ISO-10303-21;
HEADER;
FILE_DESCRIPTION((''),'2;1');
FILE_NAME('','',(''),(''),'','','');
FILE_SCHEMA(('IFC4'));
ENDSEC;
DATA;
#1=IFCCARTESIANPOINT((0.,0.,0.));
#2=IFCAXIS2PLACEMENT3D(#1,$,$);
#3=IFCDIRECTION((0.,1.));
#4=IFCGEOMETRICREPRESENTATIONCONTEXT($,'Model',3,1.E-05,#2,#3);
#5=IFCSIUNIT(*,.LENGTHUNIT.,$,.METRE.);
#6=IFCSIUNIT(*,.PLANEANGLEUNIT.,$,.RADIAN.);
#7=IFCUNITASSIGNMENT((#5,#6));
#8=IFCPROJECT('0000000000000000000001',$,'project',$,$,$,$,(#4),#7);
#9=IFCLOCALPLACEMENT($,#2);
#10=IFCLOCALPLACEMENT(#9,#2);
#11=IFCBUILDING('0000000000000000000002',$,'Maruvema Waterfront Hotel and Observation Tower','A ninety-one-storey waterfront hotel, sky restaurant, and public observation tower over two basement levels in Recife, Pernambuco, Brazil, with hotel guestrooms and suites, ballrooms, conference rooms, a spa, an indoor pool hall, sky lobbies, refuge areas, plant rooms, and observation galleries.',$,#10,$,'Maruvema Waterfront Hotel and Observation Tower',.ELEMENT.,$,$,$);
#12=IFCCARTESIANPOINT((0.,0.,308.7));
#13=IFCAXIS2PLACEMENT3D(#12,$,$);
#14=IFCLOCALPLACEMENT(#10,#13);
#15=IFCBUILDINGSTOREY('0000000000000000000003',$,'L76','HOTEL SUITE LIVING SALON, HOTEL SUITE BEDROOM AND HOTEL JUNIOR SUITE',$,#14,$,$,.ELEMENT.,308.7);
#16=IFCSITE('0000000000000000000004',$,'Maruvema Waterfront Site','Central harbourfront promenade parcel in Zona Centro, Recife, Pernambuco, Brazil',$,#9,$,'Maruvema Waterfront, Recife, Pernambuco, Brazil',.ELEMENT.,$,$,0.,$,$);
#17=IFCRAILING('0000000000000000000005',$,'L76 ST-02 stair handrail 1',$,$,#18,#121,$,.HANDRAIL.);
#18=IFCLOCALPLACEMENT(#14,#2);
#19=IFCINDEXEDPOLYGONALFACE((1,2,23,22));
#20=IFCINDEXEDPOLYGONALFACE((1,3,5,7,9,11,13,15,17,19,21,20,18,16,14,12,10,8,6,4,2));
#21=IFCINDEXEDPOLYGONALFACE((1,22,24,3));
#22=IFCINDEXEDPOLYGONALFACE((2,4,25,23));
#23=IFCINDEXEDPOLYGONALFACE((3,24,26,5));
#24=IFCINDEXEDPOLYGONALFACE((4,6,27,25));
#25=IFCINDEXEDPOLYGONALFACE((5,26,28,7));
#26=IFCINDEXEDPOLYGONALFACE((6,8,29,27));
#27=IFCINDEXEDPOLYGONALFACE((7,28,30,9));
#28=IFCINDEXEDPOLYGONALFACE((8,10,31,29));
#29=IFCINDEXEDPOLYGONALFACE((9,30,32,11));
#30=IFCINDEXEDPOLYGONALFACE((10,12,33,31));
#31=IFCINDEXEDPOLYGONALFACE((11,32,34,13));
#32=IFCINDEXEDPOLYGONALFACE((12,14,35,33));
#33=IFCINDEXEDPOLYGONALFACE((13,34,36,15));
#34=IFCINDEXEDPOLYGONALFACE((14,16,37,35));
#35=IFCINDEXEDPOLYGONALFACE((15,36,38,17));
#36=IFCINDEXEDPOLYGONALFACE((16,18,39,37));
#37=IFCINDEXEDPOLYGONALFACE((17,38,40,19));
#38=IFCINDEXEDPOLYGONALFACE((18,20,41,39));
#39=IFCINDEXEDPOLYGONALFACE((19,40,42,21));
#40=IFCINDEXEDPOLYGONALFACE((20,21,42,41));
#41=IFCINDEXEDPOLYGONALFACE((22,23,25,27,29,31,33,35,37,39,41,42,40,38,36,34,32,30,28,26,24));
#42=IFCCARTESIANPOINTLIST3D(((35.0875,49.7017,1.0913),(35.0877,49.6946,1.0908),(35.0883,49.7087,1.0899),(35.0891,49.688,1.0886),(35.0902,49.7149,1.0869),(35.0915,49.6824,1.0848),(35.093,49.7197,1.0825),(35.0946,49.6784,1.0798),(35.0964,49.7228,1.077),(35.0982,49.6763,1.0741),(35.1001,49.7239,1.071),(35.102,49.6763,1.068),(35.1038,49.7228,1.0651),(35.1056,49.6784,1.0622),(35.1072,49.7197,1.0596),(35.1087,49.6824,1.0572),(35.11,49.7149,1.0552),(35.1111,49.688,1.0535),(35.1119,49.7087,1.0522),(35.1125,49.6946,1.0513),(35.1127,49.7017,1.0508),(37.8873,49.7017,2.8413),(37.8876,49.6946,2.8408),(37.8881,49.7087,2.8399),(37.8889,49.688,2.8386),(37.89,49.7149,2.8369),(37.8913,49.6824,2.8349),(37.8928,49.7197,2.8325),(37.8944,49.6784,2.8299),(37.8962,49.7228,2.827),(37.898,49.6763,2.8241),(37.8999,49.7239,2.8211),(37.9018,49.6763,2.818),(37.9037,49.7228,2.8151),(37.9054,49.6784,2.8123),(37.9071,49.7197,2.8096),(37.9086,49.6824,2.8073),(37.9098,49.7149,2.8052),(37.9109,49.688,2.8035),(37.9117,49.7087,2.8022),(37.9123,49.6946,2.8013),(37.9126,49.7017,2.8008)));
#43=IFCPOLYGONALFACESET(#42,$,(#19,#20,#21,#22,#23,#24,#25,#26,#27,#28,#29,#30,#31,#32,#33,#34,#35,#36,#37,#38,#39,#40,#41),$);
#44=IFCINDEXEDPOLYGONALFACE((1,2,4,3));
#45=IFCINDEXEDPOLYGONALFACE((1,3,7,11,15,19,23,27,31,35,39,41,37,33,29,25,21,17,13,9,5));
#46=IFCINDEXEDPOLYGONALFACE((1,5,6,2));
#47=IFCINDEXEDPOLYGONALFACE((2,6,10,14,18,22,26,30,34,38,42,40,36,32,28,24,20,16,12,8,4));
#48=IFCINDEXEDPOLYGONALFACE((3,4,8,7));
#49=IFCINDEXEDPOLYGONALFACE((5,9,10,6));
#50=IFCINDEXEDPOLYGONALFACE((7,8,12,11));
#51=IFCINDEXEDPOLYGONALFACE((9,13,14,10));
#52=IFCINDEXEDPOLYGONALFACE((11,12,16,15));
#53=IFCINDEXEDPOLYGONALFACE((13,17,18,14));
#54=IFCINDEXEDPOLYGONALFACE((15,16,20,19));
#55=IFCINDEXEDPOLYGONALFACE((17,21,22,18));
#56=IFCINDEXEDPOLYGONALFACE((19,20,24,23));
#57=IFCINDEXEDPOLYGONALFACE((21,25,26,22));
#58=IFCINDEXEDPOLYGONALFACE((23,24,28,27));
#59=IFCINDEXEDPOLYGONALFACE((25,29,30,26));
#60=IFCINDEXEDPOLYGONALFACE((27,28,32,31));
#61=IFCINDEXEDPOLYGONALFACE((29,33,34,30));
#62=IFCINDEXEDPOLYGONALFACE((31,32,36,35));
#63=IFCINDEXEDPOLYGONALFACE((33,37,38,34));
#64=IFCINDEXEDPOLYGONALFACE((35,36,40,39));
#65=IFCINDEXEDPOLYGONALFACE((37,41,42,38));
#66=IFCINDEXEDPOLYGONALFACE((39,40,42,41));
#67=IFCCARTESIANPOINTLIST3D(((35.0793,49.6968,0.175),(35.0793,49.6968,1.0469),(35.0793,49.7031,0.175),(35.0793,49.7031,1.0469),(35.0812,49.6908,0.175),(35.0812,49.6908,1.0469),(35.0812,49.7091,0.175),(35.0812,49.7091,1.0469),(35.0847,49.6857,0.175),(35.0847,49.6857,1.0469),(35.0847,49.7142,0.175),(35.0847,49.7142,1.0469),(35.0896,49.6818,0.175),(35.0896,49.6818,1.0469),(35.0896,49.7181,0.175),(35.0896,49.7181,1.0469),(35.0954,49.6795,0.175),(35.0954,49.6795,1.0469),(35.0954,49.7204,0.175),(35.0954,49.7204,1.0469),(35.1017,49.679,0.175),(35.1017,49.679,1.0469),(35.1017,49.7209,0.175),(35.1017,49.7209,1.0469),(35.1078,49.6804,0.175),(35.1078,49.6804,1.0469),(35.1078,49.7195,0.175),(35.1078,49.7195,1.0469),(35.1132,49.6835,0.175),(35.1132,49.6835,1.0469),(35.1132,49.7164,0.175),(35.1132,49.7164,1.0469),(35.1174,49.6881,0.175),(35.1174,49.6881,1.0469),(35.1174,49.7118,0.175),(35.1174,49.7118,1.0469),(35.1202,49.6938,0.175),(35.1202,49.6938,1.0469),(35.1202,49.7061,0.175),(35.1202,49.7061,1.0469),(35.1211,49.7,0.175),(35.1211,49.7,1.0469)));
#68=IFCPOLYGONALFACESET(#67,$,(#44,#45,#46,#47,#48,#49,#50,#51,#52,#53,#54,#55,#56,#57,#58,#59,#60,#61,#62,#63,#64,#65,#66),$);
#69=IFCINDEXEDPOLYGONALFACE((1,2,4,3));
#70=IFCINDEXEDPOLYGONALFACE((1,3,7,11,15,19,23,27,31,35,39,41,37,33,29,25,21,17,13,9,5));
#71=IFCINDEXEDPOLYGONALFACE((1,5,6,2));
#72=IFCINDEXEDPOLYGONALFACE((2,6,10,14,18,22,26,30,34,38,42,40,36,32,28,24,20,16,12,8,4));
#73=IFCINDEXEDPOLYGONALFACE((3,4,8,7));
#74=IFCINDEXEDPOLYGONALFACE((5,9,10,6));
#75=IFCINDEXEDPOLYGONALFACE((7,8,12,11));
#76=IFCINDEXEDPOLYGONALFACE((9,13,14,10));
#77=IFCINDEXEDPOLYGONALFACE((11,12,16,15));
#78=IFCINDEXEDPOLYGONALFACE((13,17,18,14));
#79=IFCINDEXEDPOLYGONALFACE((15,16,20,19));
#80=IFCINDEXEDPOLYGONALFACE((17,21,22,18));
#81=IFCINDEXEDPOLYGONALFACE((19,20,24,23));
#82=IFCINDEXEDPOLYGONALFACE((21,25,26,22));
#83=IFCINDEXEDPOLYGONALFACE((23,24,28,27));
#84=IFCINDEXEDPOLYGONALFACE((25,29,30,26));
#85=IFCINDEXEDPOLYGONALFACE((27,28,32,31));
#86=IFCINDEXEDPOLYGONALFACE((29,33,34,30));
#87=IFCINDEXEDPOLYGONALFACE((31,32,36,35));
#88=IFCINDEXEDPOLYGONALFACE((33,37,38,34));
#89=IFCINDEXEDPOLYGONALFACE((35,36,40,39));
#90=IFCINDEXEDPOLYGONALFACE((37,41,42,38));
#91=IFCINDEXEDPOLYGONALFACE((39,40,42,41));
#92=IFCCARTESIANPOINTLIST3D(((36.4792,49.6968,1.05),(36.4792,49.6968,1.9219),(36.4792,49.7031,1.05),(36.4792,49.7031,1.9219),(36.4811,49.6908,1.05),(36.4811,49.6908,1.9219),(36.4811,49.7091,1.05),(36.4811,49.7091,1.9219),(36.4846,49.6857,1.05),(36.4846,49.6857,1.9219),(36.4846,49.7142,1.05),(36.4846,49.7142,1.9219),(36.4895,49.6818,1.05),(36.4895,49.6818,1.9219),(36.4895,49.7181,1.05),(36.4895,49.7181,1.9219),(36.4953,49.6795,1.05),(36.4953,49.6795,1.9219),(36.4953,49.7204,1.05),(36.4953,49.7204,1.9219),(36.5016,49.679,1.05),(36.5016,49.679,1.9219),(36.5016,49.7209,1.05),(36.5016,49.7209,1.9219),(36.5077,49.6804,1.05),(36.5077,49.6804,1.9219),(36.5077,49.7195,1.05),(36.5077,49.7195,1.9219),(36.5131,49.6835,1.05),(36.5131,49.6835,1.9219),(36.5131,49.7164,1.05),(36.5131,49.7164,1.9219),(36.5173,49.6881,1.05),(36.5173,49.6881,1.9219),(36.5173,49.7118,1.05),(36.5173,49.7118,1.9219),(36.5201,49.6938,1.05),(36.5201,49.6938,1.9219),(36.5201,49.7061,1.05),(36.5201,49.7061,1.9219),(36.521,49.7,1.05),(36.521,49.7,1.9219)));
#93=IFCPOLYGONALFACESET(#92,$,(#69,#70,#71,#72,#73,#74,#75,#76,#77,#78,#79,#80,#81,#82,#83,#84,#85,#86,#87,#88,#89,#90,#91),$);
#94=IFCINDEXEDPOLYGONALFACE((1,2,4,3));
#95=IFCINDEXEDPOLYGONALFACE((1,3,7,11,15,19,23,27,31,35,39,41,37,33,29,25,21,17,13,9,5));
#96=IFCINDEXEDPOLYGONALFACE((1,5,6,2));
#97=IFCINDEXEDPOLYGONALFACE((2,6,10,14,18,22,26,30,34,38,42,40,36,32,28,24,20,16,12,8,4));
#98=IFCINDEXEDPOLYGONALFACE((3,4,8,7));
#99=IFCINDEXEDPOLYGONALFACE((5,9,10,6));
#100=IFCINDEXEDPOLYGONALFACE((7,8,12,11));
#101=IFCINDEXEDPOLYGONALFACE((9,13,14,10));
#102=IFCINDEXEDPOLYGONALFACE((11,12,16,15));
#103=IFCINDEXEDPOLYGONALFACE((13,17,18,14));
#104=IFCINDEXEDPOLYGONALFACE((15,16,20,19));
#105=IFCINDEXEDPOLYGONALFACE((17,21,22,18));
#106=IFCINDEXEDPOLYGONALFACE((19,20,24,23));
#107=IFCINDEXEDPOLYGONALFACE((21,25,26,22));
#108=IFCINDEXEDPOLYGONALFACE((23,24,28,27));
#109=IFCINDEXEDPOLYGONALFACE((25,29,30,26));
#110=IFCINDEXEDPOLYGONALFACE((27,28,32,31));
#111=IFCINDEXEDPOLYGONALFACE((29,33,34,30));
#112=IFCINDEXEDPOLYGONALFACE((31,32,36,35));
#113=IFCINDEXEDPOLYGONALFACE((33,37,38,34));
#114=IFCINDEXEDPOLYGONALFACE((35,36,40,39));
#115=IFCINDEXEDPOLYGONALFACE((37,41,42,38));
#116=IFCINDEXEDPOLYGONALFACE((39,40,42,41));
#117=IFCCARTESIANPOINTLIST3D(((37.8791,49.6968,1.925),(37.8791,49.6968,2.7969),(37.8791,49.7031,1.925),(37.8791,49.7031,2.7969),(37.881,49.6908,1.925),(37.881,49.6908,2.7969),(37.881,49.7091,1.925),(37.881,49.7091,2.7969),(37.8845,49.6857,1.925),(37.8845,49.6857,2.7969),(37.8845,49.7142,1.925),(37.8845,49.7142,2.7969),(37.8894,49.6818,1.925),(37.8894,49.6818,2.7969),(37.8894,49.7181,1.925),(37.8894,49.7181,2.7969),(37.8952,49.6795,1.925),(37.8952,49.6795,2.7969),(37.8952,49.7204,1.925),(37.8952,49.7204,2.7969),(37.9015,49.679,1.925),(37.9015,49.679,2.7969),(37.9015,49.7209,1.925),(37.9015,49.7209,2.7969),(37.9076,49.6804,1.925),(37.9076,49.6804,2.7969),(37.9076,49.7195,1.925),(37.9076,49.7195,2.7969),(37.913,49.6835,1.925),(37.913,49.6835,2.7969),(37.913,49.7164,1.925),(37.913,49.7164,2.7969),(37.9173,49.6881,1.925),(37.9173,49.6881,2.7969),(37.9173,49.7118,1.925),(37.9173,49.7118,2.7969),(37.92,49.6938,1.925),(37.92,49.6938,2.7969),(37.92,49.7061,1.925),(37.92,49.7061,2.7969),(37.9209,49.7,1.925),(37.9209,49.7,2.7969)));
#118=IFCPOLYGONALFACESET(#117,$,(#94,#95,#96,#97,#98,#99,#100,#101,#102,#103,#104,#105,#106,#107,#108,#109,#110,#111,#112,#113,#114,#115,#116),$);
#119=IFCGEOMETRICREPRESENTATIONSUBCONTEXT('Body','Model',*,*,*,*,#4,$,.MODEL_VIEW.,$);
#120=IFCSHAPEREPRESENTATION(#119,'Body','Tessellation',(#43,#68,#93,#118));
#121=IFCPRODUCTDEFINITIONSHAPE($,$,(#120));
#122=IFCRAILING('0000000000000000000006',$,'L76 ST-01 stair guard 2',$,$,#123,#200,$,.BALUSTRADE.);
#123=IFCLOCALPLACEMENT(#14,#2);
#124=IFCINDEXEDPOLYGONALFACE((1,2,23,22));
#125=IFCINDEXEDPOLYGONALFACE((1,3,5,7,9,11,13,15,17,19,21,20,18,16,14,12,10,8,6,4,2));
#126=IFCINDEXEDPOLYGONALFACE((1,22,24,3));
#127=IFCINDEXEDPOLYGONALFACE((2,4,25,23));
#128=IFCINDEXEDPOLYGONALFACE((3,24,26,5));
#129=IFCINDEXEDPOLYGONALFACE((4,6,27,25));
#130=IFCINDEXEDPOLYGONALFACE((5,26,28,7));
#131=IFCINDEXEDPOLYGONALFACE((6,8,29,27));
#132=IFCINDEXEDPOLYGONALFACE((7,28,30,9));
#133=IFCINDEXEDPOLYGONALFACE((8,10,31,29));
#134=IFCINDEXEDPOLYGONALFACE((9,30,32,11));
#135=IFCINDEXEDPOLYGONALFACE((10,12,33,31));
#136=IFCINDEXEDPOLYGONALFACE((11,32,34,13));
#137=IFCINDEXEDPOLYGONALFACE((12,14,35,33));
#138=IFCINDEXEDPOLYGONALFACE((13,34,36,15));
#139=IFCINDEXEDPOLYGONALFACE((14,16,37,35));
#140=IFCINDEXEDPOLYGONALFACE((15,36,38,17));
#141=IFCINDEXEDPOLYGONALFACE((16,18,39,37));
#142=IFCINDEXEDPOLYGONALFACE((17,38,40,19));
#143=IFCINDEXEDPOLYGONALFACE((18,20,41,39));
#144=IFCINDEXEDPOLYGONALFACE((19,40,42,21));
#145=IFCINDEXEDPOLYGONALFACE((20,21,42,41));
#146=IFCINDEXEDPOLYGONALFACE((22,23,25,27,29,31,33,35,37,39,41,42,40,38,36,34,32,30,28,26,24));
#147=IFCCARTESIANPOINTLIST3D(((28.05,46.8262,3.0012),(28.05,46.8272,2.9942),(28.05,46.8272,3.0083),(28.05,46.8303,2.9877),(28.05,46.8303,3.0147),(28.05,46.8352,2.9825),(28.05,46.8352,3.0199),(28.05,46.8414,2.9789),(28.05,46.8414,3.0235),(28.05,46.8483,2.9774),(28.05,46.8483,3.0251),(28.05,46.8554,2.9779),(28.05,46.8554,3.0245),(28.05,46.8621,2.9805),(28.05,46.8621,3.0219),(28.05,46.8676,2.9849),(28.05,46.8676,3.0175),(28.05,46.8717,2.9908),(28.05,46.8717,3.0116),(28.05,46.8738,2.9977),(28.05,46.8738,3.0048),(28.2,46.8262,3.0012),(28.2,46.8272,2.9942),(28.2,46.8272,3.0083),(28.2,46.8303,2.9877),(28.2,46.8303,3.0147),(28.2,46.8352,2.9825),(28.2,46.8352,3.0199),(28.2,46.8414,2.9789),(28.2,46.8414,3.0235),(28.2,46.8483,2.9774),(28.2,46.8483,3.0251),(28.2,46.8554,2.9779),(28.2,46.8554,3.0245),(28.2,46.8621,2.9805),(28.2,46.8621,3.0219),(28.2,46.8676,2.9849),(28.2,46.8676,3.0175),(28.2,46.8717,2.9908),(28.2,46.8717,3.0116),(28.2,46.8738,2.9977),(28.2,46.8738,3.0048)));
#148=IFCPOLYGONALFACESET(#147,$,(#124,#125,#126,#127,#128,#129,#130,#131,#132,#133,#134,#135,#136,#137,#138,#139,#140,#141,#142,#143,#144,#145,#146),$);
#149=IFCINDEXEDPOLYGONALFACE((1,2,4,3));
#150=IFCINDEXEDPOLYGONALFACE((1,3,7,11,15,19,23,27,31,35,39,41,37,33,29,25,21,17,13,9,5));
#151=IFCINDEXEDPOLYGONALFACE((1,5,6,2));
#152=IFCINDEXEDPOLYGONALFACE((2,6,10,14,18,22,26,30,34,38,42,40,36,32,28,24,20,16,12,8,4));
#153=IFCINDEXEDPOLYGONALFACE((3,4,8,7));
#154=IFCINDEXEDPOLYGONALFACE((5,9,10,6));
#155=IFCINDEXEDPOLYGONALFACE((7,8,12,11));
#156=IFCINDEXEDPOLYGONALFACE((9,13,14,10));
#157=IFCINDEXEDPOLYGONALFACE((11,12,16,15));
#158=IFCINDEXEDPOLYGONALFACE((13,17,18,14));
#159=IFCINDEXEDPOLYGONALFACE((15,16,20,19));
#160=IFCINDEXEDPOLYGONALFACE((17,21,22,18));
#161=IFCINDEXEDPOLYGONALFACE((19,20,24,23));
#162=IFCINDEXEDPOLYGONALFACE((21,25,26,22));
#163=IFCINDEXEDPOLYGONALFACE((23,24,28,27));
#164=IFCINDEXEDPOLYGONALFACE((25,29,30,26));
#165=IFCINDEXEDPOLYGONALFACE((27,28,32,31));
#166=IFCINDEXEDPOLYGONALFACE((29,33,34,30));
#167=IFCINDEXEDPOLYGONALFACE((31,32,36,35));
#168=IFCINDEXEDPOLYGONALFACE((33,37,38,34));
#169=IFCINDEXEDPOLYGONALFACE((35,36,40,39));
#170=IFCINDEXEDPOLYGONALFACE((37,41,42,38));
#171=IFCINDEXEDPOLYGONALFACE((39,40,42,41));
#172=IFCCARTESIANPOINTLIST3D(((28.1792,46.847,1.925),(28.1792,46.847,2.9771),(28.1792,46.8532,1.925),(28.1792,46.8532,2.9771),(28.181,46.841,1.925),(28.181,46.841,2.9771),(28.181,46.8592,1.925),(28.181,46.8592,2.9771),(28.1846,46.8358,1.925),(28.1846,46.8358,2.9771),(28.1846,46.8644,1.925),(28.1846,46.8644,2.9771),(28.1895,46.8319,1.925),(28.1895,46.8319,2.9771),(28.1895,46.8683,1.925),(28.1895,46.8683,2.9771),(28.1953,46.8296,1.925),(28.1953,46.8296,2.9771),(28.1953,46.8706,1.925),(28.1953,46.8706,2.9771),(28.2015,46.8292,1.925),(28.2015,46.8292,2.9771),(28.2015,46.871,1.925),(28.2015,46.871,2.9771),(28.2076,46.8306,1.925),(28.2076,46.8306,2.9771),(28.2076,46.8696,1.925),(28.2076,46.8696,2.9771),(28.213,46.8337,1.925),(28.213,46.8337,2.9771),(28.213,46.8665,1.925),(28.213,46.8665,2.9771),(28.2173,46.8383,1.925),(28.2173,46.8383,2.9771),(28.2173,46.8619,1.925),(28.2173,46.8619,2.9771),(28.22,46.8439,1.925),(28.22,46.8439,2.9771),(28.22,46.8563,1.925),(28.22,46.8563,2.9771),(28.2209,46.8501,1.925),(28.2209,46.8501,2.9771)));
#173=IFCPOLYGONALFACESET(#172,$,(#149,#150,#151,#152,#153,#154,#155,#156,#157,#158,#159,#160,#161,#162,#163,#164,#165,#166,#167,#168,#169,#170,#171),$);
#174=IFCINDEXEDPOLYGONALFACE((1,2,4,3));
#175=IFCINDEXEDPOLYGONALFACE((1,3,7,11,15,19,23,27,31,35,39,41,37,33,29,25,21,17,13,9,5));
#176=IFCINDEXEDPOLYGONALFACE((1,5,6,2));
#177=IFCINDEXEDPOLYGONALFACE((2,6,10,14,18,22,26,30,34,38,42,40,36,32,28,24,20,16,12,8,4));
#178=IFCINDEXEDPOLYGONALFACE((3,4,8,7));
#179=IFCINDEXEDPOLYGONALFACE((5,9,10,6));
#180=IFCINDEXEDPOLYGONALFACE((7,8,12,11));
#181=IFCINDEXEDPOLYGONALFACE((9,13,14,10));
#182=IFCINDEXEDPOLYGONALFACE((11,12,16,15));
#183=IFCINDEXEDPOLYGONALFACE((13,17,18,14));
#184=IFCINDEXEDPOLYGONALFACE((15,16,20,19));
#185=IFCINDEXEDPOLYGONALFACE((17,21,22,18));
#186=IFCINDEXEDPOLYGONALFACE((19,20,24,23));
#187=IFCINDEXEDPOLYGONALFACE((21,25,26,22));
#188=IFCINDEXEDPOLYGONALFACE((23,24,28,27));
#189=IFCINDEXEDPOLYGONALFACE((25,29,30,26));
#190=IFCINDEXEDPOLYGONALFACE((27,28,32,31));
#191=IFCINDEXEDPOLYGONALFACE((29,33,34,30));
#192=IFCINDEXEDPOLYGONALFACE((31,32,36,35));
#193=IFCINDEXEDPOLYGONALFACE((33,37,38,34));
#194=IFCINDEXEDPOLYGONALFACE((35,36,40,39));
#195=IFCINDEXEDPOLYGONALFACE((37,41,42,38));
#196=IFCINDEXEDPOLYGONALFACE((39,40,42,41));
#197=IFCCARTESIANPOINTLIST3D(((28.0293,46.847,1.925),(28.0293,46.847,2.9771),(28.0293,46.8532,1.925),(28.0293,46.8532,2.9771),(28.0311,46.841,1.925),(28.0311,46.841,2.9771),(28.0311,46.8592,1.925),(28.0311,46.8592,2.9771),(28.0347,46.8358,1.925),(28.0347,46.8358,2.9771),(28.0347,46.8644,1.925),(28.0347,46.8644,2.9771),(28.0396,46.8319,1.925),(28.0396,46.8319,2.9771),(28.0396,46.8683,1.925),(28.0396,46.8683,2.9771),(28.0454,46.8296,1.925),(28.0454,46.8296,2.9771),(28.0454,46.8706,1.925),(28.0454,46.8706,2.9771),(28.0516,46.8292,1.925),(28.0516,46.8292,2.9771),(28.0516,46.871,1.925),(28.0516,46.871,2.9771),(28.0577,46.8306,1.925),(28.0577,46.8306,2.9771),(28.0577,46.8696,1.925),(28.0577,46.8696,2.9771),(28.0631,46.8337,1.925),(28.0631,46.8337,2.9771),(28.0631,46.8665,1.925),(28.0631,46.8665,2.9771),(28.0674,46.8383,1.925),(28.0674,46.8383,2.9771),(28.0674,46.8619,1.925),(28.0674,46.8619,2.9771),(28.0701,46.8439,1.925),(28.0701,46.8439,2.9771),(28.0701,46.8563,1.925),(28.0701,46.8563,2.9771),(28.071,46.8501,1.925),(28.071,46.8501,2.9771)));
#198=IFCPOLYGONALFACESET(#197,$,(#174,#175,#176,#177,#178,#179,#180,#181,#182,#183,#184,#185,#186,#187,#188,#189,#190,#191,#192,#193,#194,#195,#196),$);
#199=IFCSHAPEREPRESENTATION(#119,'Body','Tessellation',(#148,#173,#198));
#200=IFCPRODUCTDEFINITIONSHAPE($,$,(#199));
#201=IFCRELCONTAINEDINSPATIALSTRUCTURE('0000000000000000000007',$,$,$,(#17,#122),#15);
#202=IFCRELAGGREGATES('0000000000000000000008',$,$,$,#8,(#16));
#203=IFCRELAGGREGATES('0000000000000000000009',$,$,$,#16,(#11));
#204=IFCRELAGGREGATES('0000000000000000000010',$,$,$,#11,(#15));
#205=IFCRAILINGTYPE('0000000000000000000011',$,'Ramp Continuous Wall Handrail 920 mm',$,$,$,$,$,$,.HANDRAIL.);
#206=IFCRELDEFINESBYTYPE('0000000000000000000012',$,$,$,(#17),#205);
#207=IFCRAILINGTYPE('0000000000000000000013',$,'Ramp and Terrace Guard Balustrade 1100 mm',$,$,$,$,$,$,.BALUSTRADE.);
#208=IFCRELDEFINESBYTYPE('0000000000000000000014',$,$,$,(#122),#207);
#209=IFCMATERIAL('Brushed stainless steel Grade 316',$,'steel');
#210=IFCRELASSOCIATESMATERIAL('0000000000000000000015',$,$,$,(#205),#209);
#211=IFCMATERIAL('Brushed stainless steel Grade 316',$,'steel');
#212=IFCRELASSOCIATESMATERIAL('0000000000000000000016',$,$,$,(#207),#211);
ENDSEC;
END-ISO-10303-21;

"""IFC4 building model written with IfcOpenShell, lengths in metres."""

from ifc_helpers import new_model, si_unit, direction, frame, origin, origin_2d, place, context, subcontext, project, spatial, circle, extrude, material, type_object, element, save


model = new_model("IFC4")

# Units and contexts
model_context = context("Model", 3, precision=1e-05, world=origin(), true_north=direction((0.0, 1.0)))
body_context = subcontext(model_context, "Body", "Model", "MODEL_VIEW")
ifc_project = project(units=[si_unit("LENGTHUNIT", "METRE"), si_unit("PLANEANGLEUNIT", "RADIAN")], contexts=[model_context])

# Site, building, storey
site_placement = place(None, origin())
site = spatial("IfcSite", under=ifc_project, at=site_placement, Name="Maruvema Waterfront Site", Description="Central harbourfront promenade parcel in Zona Centro, Recife, Pernambuco, Brazil", LongName="Maruvema Waterfront, Recife, Pernambuco, Brazil", CompositionType="ELEMENT", RefElevation=0.0)
building_placement = place(site_placement, origin())
building = spatial("IfcBuilding", under=site, at=building_placement, Name="Maruvema Waterfront Hotel and Observation Tower", Description="A ninety-one-storey waterfront hotel, sky restaurant, and public observation tower over two basement levels in Recife, Pernambuco, Brazil, with hotel guestrooms and suites, ballrooms, conference rooms, a spa, an indoor pool hall, sky lobbies, refuge areas, plant rooms, and observation galleries.", LongName="Maruvema Waterfront Hotel and Observation Tower", CompositionType="ELEMENT")
storey_placement = place(building_placement, frame((0.0, 0.0, 308.7)))
storey = spatial("IfcBuildingStorey", under=building, at=storey_placement, Name="L76", Description="HOTEL SUITE LIVING SALON, HOTEL SUITE BEDROOM AND HOTEL JUNIOR SUITE", CompositionType="ELEMENT", Elevation=308.7)

# Railings
ifc_material_1 = material(Name="Brushed stainless steel Grade 316", Category="steel")
railing_type_1 = type_object("IfcRailingType", Name="Ramp Continuous Wall Handrail 920 mm", PredefinedType="HANDRAIL", material=ifc_material_1)
railing_1_placement = place(storey_placement, frame((35.1001, 49.7, 0.175)))
element("IfcRailing", 1, at=railing_1_placement, inside=storey, type_object=railing_type_1, Name="L76 ST-02 stair handrail 1", PredefinedType="HANDRAIL", context=body_context, shape_type="SweptSolid", body=[
    extrude(circle(Radius=0.0239, at=origin_2d()), frame((0.0, 0.0, 0.896), z_axis=(0.847982, 0.0, 0.530026), x_axis=(0.0, 1.0, 0.0)), (0.0, 0.0, 1.0), 3.3018),
    extrude(circle(Radius=0.021, at=origin_2d()), origin(), (0.0, 0.0, 1.0), 0.8718),
    extrude(circle(Radius=0.021, at=origin_2d()), frame((1.3999, 0.0, 0.875)), (0.0, 0.0, 1.0), 0.8718),
    extrude(circle(Radius=0.021, at=origin_2d()), frame((2.7998, 0.0, 1.75)), (0.0, 0.0, 1.0), 0.8718),
])
ifc_material_2 = material(Name="Brushed stainless steel Grade 316", Category="steel")
railing_type_2 = type_object("IfcRailingType", Name="Ramp and Terrace Guard Balustrade 1100 mm", PredefinedType="BALUSTRADE", material=ifc_material_2)
railing_2_placement = place(storey_placement, frame((28.2, 46.8501, 1.925)))
element("IfcRailing", 2, at=railing_2_placement, inside=storey, type_object=railing_type_2, Name="L76 ST-01 stair guard 2", PredefinedType="BALUSTRADE", context=body_context, shape_type="SweptSolid", body=[
    extrude(circle(Radius=0.0239, at=origin_2d()), frame((0.0, 0.0, 1.0762), z_axis=(-1.0, 0.0, 0.0), x_axis=(0.0, -1.0, 0.0)), (0.0, 0.0, 1.0), 0.1499),
    extrude(circle(Radius=0.021, at=origin_2d()), origin(), (0.0, 0.0, 1.0), 1.052),
    extrude(circle(Radius=0.021, at=origin_2d()), frame((-0.1499, 0.0, 0.0)), (0.0, 0.0, 1.0), 1.052),
])

save(model, "model.ifc")
